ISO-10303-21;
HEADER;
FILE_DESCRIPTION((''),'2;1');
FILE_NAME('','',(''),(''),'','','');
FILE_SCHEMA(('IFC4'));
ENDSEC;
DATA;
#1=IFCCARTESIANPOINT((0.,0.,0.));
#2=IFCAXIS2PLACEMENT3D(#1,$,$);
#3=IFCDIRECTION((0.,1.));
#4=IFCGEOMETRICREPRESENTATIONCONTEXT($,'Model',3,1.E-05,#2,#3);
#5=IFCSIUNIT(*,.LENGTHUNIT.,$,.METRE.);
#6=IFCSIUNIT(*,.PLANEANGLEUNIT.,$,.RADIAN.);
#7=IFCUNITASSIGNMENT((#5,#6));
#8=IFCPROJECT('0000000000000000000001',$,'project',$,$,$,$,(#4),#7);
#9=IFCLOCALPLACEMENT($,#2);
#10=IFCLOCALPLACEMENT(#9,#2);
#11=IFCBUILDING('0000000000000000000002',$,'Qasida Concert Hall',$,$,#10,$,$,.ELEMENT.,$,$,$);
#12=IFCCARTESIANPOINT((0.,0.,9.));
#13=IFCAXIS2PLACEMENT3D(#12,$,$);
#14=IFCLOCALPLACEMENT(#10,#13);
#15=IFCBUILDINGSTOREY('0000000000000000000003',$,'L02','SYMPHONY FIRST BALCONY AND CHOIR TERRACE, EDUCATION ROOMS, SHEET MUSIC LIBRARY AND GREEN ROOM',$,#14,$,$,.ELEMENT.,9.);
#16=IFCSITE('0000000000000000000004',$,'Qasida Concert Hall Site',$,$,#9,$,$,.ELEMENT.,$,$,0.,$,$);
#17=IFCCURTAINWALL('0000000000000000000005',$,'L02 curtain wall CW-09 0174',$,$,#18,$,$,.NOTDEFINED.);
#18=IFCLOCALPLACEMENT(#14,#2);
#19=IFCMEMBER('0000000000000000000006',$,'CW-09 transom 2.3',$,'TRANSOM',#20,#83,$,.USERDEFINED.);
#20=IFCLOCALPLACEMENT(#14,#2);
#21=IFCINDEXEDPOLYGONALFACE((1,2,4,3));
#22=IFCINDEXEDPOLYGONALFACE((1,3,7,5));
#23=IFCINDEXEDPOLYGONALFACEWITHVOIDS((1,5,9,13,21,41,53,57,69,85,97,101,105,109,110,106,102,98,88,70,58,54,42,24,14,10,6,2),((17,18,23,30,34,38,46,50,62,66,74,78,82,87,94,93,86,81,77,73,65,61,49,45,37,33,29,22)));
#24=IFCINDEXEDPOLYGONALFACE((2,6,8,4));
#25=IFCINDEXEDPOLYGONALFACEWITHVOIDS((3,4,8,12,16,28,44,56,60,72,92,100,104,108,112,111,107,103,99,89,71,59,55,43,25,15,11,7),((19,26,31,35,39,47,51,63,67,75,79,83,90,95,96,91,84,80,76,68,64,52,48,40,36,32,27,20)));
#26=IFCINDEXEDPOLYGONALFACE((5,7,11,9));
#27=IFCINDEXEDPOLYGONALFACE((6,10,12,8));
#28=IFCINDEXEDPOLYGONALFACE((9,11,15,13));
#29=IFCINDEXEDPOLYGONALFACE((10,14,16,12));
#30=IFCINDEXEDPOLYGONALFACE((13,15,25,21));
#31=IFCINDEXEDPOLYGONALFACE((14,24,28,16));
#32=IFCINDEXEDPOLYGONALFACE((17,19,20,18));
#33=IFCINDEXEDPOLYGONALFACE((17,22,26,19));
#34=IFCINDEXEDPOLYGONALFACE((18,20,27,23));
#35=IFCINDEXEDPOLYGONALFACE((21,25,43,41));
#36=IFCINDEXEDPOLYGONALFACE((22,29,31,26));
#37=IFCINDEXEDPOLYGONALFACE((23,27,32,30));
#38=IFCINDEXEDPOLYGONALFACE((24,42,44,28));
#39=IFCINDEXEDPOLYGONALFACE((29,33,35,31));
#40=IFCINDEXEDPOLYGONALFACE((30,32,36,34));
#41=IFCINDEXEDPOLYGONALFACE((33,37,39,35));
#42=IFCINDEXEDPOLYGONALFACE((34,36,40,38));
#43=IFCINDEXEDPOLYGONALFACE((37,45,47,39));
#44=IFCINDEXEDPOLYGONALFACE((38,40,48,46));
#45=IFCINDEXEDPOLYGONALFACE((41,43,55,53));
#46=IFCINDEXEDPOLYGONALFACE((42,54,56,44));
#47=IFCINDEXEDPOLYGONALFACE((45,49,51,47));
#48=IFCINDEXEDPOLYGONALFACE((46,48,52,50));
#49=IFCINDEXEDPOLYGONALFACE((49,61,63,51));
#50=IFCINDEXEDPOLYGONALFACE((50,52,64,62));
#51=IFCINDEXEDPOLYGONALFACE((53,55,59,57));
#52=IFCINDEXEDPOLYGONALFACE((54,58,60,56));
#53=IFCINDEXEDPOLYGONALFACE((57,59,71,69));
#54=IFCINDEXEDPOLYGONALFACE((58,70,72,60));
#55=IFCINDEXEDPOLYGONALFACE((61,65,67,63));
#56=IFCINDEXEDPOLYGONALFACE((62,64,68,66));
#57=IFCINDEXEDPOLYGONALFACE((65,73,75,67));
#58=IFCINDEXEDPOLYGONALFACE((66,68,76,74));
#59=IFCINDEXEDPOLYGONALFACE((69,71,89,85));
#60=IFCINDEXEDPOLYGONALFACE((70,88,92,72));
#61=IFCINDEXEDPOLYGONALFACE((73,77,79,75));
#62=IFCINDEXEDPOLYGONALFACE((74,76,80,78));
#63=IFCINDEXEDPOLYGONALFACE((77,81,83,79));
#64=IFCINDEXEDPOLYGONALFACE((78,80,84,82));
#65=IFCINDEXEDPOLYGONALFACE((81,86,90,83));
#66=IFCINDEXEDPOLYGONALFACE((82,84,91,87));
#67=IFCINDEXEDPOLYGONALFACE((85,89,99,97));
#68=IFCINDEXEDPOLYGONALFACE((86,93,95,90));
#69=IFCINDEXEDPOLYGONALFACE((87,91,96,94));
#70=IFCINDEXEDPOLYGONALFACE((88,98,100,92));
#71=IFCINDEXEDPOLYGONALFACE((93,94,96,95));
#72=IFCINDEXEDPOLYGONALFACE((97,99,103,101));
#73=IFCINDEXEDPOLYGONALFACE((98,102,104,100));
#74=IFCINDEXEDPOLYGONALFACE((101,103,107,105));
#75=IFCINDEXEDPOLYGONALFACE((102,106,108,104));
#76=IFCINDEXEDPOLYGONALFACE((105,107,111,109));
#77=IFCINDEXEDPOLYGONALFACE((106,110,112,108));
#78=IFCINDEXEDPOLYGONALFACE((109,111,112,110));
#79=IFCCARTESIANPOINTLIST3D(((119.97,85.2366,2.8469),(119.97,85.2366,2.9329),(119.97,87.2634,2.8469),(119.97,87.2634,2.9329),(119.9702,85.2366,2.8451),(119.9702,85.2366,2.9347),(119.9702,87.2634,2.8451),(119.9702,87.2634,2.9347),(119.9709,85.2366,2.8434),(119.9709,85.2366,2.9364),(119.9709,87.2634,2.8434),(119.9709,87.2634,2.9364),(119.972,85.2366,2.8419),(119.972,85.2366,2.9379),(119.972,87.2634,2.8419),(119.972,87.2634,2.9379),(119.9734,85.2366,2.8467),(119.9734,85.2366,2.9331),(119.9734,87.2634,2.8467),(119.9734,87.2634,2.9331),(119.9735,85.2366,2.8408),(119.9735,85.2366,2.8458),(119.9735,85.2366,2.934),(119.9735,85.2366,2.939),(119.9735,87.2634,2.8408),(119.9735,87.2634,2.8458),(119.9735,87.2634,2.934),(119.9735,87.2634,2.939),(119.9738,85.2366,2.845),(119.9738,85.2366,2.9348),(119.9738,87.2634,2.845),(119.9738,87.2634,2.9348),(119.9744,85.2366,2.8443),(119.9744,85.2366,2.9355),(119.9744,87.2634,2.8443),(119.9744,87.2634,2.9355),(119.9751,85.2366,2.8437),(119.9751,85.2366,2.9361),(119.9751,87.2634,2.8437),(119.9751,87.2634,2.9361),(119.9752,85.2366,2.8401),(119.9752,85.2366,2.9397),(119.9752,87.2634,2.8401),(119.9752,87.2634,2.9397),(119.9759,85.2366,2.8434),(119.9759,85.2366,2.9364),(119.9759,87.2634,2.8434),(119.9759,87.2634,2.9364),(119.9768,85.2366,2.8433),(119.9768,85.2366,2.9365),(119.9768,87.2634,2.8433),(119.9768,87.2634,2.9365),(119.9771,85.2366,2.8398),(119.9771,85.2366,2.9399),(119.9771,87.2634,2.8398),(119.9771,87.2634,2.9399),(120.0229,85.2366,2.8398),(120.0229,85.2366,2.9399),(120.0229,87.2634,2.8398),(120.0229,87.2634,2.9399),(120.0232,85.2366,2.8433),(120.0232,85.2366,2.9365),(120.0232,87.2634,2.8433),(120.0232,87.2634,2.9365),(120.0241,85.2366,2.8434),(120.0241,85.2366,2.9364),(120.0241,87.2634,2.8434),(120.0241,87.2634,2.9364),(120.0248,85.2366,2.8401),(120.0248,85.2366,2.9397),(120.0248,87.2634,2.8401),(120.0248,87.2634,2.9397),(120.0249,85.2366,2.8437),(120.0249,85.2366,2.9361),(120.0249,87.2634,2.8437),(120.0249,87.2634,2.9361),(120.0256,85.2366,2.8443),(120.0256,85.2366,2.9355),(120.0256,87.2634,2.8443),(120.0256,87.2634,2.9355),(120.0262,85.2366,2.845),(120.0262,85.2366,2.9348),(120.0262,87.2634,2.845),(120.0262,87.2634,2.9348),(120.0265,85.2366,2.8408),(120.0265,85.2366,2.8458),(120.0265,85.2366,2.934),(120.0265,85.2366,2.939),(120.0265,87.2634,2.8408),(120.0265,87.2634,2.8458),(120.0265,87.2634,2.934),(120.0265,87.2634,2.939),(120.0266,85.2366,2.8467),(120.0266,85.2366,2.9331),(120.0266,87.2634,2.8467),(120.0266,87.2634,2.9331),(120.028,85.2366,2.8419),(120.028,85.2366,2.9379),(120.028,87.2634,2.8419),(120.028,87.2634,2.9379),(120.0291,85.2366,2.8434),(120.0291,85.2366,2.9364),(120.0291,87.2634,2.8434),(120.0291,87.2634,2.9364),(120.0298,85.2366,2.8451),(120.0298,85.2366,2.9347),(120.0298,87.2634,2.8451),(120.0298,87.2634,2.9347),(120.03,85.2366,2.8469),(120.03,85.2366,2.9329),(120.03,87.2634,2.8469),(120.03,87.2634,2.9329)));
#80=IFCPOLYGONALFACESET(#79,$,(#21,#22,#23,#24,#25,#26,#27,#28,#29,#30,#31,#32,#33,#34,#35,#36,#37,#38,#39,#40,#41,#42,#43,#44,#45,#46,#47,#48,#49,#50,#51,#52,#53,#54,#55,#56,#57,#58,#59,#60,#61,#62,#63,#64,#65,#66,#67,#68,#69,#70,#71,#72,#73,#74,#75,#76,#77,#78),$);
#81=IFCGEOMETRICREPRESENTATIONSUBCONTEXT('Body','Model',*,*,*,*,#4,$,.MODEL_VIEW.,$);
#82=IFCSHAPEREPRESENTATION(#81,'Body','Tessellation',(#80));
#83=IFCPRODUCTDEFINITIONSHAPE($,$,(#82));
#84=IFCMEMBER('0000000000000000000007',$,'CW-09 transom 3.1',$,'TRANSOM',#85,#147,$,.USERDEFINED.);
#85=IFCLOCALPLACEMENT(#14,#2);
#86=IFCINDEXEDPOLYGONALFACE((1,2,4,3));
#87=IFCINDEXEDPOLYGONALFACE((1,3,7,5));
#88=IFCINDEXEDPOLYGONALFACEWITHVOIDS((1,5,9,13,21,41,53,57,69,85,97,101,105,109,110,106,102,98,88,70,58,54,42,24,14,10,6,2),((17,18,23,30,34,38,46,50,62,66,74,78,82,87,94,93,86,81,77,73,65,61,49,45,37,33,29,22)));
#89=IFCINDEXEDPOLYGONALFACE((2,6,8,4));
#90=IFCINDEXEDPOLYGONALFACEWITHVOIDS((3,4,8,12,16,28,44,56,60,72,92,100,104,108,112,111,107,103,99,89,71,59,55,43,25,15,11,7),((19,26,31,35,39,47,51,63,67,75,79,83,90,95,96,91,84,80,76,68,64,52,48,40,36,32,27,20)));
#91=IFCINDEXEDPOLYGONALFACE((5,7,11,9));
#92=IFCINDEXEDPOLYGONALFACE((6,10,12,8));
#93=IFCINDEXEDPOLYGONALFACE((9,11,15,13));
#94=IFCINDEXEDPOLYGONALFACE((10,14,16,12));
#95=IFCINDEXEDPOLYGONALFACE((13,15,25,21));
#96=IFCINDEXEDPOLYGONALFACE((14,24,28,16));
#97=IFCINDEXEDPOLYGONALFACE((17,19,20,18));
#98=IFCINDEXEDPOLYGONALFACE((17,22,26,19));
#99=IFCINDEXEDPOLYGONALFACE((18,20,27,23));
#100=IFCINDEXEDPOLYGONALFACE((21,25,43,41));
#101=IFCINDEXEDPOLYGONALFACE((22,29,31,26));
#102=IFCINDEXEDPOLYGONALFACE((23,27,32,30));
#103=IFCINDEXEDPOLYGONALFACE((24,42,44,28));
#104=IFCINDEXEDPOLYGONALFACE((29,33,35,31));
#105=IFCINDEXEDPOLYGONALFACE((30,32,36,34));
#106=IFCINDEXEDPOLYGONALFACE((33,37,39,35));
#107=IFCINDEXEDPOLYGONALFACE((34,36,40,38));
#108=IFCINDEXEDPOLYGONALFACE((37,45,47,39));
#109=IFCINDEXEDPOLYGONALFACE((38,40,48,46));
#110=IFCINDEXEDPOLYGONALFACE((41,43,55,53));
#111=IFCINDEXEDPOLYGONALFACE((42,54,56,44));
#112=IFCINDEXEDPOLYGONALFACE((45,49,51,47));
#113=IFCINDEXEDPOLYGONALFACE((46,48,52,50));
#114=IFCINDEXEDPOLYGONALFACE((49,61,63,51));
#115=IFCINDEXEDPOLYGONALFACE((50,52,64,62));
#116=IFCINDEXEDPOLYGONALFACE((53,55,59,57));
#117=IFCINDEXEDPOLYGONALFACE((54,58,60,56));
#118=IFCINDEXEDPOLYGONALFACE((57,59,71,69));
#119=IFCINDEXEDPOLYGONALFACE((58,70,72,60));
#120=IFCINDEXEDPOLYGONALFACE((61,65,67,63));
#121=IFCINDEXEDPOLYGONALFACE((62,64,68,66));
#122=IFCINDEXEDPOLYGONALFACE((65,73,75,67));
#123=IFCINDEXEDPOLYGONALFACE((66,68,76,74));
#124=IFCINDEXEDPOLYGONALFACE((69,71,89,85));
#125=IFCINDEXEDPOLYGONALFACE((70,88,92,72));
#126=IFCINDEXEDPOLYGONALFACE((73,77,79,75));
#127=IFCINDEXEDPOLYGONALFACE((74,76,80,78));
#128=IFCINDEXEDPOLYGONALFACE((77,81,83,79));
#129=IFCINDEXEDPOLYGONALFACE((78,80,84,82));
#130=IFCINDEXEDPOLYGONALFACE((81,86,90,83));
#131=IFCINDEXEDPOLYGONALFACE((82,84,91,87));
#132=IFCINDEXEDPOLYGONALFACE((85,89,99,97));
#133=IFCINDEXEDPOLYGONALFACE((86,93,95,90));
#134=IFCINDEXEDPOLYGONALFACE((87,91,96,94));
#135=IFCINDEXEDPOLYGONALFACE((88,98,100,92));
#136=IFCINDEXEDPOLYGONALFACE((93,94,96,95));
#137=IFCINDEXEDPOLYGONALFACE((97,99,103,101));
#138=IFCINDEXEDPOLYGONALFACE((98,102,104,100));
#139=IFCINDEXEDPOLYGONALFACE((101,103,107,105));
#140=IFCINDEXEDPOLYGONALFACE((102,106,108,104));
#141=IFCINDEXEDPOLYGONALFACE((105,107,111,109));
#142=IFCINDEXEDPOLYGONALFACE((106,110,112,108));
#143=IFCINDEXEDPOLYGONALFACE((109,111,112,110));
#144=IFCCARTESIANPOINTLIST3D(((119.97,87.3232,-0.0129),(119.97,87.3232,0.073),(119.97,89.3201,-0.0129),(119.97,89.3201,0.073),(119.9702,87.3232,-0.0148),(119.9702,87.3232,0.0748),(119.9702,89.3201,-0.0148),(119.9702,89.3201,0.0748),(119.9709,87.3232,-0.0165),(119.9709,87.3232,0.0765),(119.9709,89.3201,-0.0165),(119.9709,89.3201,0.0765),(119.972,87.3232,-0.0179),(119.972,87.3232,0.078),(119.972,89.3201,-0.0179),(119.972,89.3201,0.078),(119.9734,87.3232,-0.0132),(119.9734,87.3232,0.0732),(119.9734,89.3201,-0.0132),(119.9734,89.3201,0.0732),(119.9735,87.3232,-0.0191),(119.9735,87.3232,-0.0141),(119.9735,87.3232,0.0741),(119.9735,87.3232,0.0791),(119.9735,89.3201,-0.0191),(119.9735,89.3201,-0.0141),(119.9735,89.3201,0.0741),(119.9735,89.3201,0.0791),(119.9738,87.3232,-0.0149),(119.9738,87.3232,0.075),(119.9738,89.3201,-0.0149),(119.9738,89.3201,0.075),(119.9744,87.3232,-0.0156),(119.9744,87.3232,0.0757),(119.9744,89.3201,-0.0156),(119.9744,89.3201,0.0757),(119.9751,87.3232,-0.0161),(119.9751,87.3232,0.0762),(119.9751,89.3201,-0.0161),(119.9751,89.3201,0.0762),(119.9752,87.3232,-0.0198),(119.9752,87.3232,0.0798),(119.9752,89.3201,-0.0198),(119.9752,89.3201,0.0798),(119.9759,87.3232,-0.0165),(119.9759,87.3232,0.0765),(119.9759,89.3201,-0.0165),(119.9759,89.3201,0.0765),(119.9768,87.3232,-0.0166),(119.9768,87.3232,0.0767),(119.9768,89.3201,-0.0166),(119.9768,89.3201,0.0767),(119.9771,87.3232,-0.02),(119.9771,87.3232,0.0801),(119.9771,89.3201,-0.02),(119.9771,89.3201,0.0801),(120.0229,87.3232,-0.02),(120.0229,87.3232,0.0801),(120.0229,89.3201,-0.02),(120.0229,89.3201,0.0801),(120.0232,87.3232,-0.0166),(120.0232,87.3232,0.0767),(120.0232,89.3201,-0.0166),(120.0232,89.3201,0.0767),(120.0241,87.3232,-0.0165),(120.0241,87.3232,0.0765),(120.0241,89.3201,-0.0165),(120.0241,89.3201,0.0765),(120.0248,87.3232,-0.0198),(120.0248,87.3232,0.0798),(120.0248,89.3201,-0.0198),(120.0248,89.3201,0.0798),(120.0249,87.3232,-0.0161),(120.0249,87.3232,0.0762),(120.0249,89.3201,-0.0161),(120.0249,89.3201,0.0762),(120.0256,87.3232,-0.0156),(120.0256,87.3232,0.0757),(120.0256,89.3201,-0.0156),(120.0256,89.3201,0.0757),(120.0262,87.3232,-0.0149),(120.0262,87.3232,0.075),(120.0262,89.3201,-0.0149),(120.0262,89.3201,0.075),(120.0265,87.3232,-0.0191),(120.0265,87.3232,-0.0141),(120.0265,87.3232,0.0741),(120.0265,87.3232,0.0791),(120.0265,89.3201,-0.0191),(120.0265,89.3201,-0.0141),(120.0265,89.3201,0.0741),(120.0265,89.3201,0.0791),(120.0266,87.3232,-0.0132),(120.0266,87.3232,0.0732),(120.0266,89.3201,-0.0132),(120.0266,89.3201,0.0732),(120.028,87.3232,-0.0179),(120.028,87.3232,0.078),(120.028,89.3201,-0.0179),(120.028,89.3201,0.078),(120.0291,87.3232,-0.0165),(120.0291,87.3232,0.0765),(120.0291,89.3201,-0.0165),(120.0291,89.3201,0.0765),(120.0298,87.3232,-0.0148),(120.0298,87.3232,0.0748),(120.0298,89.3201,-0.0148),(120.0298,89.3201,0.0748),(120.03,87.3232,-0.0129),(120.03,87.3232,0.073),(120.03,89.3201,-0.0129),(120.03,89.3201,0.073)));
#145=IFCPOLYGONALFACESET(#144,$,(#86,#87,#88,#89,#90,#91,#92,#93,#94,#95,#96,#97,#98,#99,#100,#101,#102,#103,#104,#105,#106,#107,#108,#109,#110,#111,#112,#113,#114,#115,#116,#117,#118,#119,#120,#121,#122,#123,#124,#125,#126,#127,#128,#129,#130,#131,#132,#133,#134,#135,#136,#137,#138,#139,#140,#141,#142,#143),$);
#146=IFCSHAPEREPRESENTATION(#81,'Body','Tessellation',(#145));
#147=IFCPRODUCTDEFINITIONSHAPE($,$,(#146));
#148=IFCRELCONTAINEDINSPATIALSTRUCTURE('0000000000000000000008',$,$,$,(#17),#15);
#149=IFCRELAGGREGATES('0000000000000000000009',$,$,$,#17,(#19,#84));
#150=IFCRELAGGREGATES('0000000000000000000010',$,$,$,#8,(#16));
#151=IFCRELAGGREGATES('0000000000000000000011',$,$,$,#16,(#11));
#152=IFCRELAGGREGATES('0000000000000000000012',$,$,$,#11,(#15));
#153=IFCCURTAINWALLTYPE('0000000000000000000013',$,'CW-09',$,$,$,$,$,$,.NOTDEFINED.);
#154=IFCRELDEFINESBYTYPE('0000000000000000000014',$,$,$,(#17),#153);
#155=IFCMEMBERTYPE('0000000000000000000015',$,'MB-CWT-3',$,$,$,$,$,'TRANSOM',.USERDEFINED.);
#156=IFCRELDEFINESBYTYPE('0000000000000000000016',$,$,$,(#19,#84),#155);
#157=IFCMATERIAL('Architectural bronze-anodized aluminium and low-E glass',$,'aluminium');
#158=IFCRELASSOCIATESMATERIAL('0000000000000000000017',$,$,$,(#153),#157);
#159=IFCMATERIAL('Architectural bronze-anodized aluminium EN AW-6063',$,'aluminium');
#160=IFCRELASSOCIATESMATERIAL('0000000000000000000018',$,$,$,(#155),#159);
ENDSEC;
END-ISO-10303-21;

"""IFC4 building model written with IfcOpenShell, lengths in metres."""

from ifc_helpers import new_model, si_unit, direction, frame, origin, origin_2d, place, context, subcontext, project, spatial, hollow_rectangle, extrude, material, material_profile, profile_set, type_object, element, aggregate, save


model = new_model("IFC4")

# Units and contexts
model_context = context("Model", 3, precision=1e-05, world=origin(), true_north=direction((0.0, 1.0)))
body_context = subcontext(model_context, "Body", "Model", "MODEL_VIEW")
ifc_project = project(units=[si_unit("LENGTHUNIT", "METRE"), si_unit("PLANEANGLEUNIT", "RADIAN")], contexts=[model_context])

# Site, building, storey
site_placement = place(None, origin())
site = spatial("IfcSite", under=ifc_project, at=site_placement, Name="Qasida Concert Hall Site", CompositionType="ELEMENT", RefElevation=0.0)
building_placement = place(site_placement, origin())
building = spatial("IfcBuilding", under=site, at=building_placement, Name="Qasida Concert Hall", CompositionType="ELEMENT")
storey_placement = place(building_placement, frame((0.0, 0.0, 9.0)))
storey = spatial("IfcBuildingStorey", under=building, at=storey_placement, Name="L02", Description="SYMPHONY FIRST BALCONY AND CHOIR TERRACE, EDUCATION ROOMS, SHEET MUSIC LIBRARY AND GREEN ROOM", CompositionType="ELEMENT", Elevation=9.0)

# Curtain wall, members
ifc_material_1 = material(Name="Architectural bronze-anodized aluminium and low-E glass", Category="aluminium")
curtain_wall_type = type_object("IfcCurtainWallType", Name="CW-09", PredefinedType="NOTDEFINED", material=ifc_material_1)
curtain_wall_placement = place(storey_placement, origin())
curtain_wall = element("IfcCurtainWall", 1, at=curtain_wall_placement, inside=storey, type_object=curtain_wall_type, Name="L02 curtain wall CW-09 0174", PredefinedType="NOTDEFINED")
ifc_material_2 = material(Name="Architectural bronze-anodized aluminium EN AW-6063", Category="aluminium")
ifc_material_profile_1 = material_profile(ifc_material_2, hollow_rectangle(XDim=0.0601, YDim=0.1001, WallThickness=0.0034, InnerFilletRadius=0.0034, OuterFilletRadius=0.0071, at=origin_2d()), Name="CWT 100x60x3.5")
ifc_profile_set_1 = profile_set([ifc_material_profile_1], Name="Architectural bronze-anodized aluminium EN AW-6063")
member_type_1 = type_object("IfcMemberType", Name="MB-CWT-3", ElementType="TRANSOM", PredefinedType="USERDEFINED", material=ifc_profile_set_1)
member_1_placement = place(storey_placement, frame((120.0, 85.2366, 2.8899), z_axis=(0.0, 1.0, 0.0), x_axis=(-1.0, 0.0, 0.0)))
member_1 = element("IfcMember", 2, at=member_1_placement, type_object=member_type_1, Name="CW-09 transom 2.3", ObjectType="TRANSOM", PredefinedType="USERDEFINED", context=body_context, shape_type="SweptSolid", body=[
    extrude(hollow_rectangle(XDim=0.0601, YDim=0.1001, WallThickness=0.0034, InnerFilletRadius=0.0034, OuterFilletRadius=0.0071, at=origin_2d()), origin(), (0.0, 0.0, 1.0), 2.0269),
])
member_2_placement = place(storey_placement, frame((120.0, 87.3232, 0.03), z_axis=(0.0, 1.0, 0.0), x_axis=(-1.0, 0.0, 0.0)))
member_2 = element("IfcMember", 3, at=member_2_placement, type_object=member_type_1, Name="CW-09 transom 3.1", ObjectType="TRANSOM", PredefinedType="USERDEFINED", context=body_context, shape_type="SweptSolid", body=[
    extrude(hollow_rectangle(XDim=0.0601, YDim=0.1001, WallThickness=0.0034, InnerFilletRadius=0.0034, OuterFilletRadius=0.0071, at=origin_2d()), origin(), (0.0, 0.0, 1.0), 1.9968),
])
aggregate(curtain_wall, [member_1, member_2])

save(model, "model.ifc")
